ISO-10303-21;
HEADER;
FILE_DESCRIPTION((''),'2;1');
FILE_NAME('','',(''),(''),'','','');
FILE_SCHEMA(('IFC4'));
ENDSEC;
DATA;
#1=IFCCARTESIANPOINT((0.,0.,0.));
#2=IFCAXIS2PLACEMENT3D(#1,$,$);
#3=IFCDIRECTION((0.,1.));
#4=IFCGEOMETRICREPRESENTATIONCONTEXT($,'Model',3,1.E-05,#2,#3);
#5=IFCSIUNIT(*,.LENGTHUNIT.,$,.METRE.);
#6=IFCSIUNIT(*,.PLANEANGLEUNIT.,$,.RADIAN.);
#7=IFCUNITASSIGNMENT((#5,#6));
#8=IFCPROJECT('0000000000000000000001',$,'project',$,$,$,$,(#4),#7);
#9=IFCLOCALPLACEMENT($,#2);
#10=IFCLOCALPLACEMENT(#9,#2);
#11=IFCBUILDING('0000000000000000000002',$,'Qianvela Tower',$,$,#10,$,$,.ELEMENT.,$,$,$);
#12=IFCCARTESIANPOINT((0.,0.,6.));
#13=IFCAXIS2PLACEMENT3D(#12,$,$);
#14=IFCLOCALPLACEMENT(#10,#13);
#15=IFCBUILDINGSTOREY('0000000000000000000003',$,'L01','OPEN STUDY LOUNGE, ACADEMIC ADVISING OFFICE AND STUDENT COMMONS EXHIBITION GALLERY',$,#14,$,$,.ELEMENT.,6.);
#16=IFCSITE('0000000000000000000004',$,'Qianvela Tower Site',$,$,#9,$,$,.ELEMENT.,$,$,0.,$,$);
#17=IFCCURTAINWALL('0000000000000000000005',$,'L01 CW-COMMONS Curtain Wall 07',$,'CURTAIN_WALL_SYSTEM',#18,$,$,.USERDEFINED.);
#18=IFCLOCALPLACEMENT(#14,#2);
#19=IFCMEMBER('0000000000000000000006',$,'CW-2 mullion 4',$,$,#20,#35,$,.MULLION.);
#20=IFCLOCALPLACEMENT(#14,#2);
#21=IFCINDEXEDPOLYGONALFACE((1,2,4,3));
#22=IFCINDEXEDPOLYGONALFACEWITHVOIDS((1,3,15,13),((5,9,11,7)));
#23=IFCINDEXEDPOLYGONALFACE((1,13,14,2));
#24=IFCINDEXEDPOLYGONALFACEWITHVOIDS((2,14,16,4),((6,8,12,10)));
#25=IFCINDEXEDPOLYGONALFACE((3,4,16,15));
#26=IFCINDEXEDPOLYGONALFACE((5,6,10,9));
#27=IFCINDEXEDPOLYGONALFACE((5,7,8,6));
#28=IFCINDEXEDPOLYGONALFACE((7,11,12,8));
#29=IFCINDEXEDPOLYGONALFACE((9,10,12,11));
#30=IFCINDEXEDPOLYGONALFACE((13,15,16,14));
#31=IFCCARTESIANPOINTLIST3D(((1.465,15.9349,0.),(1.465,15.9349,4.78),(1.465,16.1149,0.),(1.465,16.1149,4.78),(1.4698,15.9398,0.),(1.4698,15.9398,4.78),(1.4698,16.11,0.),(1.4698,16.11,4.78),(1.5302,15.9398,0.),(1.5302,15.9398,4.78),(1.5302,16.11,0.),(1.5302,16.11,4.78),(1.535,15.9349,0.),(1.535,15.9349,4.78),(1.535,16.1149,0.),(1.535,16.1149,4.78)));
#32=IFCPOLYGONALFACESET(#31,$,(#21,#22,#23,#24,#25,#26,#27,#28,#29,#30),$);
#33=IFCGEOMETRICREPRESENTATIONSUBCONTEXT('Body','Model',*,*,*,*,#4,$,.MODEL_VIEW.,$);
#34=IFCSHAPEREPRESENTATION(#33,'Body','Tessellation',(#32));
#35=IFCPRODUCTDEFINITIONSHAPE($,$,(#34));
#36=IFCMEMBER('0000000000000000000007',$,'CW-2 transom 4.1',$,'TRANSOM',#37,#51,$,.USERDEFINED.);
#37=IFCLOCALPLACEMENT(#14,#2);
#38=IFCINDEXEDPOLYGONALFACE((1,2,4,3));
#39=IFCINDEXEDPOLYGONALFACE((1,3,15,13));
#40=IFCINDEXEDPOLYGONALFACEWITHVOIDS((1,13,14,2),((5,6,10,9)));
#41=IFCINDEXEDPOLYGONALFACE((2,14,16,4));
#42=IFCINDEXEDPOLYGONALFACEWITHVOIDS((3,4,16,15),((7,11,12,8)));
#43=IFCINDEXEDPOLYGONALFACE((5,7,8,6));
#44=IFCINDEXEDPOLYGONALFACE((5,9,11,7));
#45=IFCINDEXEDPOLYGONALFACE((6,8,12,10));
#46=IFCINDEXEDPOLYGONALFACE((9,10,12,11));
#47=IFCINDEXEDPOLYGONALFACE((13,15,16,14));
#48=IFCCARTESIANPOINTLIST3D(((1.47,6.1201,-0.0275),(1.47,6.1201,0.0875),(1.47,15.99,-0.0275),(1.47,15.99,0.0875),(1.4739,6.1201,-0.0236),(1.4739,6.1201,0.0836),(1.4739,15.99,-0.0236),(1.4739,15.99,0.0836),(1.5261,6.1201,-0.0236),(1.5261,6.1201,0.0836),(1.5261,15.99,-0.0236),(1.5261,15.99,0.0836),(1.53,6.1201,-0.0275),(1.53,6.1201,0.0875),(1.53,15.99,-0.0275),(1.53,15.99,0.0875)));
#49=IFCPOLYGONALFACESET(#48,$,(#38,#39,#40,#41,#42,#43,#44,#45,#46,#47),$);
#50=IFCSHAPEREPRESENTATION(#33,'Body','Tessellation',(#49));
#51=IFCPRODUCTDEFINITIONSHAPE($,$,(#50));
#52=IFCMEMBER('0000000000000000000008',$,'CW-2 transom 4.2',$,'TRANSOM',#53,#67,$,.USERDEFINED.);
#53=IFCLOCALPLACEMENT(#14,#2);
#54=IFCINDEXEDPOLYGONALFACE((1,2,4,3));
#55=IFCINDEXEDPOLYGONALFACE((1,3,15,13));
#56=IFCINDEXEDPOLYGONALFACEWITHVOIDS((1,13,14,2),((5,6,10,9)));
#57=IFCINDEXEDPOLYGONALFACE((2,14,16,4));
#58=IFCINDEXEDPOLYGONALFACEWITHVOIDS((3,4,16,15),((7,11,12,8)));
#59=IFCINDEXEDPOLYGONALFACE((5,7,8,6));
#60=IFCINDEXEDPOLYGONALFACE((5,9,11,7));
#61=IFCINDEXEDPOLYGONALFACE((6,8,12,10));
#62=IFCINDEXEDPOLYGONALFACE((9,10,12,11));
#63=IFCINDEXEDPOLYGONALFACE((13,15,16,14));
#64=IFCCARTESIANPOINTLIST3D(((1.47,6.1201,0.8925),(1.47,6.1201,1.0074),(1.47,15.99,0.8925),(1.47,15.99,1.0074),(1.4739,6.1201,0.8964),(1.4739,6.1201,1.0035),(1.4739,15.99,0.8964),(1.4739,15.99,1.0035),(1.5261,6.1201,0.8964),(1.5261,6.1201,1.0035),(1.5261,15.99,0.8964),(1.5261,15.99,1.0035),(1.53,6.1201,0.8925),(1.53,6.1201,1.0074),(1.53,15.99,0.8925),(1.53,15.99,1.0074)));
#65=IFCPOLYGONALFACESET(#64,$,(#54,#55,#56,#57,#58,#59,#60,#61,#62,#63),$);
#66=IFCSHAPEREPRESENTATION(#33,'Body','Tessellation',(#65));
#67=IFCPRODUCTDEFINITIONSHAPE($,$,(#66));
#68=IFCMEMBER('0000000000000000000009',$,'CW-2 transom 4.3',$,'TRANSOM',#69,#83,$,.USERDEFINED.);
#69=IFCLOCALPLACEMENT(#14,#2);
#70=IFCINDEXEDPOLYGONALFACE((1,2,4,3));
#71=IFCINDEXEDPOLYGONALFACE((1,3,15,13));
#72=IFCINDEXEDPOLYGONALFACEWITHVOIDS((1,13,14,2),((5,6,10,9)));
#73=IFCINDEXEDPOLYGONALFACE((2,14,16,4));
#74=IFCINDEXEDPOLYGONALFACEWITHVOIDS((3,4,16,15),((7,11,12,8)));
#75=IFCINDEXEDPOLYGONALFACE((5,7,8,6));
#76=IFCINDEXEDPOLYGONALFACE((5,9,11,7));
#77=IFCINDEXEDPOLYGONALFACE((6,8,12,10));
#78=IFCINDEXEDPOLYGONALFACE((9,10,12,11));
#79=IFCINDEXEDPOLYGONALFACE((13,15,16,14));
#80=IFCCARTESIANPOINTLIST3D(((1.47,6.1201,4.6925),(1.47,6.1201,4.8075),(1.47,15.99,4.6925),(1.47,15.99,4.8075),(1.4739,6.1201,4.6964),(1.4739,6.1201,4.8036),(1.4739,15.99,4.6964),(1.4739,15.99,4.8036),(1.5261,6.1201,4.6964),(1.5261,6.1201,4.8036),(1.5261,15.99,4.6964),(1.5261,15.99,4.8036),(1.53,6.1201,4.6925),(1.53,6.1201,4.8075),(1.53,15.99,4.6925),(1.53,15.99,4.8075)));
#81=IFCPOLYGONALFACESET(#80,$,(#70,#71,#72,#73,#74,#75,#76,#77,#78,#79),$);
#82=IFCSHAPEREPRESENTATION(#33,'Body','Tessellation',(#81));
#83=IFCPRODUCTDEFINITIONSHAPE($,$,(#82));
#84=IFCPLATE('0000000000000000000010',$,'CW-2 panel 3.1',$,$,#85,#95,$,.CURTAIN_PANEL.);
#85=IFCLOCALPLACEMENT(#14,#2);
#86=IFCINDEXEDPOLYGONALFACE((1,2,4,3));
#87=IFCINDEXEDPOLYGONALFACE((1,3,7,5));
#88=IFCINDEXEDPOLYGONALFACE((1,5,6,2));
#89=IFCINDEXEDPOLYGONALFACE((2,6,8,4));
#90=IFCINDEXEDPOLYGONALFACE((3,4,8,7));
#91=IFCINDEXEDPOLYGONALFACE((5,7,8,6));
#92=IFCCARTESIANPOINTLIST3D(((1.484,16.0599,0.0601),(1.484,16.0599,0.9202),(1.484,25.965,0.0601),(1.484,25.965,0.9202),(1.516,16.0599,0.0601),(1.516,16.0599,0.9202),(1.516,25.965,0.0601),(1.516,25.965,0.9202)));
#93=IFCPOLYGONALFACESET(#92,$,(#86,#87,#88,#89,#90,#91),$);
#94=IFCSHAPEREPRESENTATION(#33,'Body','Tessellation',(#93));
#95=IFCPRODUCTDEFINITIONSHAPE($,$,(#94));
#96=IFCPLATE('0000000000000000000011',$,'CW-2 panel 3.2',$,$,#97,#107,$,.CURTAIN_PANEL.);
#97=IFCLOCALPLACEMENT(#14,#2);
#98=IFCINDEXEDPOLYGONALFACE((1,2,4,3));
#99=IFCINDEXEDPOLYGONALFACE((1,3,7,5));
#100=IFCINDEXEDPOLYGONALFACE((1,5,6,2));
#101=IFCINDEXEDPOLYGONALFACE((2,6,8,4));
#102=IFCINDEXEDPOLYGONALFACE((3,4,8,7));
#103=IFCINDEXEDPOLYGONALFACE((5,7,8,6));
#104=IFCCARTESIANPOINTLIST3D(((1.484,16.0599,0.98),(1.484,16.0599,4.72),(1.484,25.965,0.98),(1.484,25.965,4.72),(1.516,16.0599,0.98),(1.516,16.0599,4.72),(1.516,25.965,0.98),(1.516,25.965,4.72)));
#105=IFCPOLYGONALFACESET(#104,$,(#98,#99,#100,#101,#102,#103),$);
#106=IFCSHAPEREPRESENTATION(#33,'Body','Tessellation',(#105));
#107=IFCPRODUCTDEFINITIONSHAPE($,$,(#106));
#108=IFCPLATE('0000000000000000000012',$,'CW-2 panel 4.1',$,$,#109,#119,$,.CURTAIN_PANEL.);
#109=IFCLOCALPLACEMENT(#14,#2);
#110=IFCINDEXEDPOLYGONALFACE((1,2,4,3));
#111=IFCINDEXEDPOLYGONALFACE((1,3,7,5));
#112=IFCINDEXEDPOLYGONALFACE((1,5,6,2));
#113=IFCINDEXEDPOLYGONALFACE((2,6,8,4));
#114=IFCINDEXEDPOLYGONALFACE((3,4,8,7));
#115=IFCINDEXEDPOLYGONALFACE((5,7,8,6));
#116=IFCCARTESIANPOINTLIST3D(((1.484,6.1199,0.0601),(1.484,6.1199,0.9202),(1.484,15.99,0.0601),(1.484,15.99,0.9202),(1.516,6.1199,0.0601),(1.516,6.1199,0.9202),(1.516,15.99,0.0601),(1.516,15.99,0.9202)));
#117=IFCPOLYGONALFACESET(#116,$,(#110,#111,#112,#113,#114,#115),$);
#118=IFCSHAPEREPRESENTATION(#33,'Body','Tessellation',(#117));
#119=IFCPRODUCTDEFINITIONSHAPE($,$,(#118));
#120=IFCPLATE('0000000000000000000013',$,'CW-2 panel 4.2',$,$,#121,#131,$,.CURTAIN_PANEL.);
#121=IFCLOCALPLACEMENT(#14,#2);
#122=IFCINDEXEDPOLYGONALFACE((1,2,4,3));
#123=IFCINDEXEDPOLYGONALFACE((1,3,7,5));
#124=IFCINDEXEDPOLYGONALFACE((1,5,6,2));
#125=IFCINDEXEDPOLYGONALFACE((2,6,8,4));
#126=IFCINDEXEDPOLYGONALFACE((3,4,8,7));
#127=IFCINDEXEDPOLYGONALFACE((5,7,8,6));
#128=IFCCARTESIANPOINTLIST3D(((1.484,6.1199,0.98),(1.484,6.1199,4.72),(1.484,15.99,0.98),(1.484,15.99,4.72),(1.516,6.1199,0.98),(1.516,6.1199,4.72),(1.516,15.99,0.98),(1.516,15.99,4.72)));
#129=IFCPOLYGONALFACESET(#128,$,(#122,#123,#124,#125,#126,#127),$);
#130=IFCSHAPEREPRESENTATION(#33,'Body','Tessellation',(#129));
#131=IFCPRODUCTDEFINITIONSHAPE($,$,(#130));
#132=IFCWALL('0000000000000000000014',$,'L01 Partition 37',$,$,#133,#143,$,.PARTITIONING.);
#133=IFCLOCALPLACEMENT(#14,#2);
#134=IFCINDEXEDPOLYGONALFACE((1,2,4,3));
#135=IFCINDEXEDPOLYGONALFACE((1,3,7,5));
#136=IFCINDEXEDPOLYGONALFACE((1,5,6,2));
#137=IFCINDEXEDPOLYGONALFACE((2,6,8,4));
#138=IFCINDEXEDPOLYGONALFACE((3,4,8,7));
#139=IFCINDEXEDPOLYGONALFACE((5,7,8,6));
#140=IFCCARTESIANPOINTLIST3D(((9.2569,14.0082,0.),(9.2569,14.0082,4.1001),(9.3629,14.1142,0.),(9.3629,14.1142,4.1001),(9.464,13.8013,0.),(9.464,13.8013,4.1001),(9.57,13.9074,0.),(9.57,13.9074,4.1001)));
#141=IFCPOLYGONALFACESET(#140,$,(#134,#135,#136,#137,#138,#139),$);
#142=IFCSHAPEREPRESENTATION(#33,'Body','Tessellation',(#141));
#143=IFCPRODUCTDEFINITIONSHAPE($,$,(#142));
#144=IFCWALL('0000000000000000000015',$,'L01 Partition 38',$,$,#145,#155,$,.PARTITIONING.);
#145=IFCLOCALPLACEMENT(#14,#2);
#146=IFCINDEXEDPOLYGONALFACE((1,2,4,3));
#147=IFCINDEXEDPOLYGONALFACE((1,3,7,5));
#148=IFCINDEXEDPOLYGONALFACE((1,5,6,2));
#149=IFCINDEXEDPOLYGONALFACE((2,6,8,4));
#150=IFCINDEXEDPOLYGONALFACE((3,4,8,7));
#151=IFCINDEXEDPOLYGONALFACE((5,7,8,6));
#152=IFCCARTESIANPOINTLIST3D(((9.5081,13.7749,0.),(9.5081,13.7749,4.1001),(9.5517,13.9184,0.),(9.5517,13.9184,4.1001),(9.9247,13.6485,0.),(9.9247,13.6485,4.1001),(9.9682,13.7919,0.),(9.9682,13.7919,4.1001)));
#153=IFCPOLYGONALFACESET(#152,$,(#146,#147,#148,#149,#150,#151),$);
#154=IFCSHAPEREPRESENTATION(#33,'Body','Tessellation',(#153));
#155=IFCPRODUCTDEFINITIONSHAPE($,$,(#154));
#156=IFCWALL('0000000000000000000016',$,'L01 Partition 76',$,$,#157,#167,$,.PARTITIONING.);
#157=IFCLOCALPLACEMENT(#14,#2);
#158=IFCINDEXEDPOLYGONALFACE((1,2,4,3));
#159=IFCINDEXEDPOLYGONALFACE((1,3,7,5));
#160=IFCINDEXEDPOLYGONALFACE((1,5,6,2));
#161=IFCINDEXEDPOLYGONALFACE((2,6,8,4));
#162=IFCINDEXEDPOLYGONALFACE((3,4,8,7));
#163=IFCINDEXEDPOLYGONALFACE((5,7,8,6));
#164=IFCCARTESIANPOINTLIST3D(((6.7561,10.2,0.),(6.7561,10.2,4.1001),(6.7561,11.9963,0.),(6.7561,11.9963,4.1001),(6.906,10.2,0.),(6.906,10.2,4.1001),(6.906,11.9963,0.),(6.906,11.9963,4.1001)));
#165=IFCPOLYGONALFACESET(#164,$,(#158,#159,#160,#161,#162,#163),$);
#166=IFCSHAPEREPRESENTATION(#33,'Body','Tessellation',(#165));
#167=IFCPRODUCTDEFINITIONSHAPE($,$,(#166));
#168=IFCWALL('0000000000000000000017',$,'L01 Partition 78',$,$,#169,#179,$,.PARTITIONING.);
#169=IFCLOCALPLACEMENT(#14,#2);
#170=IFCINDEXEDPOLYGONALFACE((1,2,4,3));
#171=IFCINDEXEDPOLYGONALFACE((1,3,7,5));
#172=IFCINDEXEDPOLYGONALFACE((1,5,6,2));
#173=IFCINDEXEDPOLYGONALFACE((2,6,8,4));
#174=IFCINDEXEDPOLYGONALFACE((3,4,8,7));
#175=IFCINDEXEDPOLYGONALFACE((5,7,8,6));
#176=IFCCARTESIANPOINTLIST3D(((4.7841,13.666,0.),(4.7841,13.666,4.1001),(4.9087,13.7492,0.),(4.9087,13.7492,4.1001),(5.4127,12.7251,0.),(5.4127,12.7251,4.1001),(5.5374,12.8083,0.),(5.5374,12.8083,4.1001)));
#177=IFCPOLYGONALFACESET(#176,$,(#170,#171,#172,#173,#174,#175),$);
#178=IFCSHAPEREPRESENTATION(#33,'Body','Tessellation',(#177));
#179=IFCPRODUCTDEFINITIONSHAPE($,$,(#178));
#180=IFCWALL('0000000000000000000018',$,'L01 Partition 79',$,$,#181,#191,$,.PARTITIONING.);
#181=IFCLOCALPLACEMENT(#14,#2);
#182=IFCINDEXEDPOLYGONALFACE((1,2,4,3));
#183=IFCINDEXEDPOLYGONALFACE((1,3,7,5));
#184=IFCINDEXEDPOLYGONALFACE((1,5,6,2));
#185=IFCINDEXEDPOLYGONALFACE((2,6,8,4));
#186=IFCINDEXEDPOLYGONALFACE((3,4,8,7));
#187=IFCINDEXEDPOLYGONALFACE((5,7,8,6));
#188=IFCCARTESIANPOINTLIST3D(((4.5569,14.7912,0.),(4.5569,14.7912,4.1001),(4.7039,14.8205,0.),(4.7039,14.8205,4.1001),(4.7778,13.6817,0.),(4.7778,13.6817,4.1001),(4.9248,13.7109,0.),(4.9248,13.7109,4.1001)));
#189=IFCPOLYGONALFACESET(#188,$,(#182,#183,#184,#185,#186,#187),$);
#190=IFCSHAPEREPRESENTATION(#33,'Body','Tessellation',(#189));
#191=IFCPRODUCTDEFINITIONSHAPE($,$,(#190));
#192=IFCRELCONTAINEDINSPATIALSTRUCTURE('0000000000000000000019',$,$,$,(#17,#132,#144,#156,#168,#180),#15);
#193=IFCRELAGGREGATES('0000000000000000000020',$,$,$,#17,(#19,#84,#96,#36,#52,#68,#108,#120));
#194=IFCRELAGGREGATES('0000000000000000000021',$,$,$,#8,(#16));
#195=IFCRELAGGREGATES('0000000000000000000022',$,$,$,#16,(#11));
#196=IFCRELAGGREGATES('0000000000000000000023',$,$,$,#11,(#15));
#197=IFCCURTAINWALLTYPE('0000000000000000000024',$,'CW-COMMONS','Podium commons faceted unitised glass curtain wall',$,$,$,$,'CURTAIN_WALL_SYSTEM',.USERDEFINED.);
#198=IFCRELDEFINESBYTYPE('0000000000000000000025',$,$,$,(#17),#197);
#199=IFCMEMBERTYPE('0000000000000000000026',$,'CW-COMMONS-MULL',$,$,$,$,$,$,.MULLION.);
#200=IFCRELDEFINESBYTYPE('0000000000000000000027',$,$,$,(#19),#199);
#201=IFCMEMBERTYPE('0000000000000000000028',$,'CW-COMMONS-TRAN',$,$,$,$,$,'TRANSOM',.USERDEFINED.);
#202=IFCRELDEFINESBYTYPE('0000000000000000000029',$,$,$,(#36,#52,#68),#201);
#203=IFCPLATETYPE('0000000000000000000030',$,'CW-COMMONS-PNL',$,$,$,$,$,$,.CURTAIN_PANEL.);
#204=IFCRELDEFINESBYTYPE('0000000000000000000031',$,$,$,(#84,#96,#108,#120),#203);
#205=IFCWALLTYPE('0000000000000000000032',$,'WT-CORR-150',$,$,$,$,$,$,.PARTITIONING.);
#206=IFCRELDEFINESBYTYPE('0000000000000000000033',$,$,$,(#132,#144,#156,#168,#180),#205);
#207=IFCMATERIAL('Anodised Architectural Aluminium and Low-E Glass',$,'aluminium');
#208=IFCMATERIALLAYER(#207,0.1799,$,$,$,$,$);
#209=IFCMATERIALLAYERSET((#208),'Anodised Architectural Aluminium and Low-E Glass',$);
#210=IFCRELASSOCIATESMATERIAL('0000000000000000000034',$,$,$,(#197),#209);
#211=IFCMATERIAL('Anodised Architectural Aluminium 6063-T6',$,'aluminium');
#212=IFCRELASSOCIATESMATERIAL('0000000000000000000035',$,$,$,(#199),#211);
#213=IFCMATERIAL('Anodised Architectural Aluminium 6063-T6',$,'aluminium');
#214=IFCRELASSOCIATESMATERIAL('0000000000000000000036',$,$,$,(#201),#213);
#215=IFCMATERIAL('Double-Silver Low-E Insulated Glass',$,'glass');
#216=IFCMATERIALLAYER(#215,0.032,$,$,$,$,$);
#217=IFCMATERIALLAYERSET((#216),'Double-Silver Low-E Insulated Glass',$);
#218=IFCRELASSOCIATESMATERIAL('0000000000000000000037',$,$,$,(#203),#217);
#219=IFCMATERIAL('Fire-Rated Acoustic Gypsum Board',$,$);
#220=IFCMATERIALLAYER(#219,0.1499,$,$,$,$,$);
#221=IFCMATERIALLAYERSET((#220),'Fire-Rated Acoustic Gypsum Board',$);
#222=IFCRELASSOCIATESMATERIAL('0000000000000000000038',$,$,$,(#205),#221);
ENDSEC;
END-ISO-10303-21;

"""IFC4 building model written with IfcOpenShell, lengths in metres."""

from ifc_helpers import new_model, si_unit, direction, frame, frame_2d, origin, origin_2d, place, context, subcontext, project, spatial, rectangle, hollow_rectangle, extrude, material, layer, layer_set, material_profile, profile_set, type_object, element, aggregate, save


model = new_model("IFC4")

# Units and contexts
model_context = context("Model", 3, precision=1e-05, world=origin(), true_north=direction((0.0, 1.0)))
body_context = subcontext(model_context, "Body", "Model", "MODEL_VIEW")
ifc_project = project(units=[si_unit("LENGTHUNIT", "METRE"), si_unit("PLANEANGLEUNIT", "RADIAN")], contexts=[model_context])

# Site, building, storey
site_placement = place(None, origin())
site = spatial("IfcSite", under=ifc_project, at=site_placement, Name="Qianvela Tower Site", CompositionType="ELEMENT", RefElevation=0.0)
building_placement = place(site_placement, origin())
building = spatial("IfcBuilding", under=site, at=building_placement, Name="Qianvela Tower", CompositionType="ELEMENT")
storey_placement = place(building_placement, frame((0.0, 0.0, 6.0)))
storey = spatial("IfcBuildingStorey", under=building, at=storey_placement, Name="L01", Description="OPEN STUDY LOUNGE, ACADEMIC ADVISING OFFICE AND STUDENT COMMONS EXHIBITION GALLERY", CompositionType="ELEMENT", Elevation=6.0)

# Curtain wall, members, plates
ifc_material_1 = material(Name="Anodised Architectural Aluminium and Low-E Glass", Category="aluminium")
ifc_layer_1 = layer(ifc_material_1, 0.1799)
ifc_layer_set_1 = layer_set([ifc_layer_1], Name="Anodised Architectural Aluminium and Low-E Glass")
curtain_wall_type = type_object("IfcCurtainWallType", Name="CW-COMMONS", Description="Podium commons faceted unitised glass curtain wall", ElementType="CURTAIN_WALL_SYSTEM", PredefinedType="USERDEFINED", material=ifc_layer_set_1)
curtain_wall_placement = place(storey_placement, origin())
curtain_wall = element("IfcCurtainWall", 1, at=curtain_wall_placement, inside=storey, type_object=curtain_wall_type, Name="L01 CW-COMMONS Curtain Wall 07", ObjectType="CURTAIN_WALL_SYSTEM", PredefinedType="USERDEFINED")
ifc_material_2 = material(Name="Anodised Architectural Aluminium 6063-T6", Category="aluminium")
ifc_material_profile_1 = material_profile(ifc_material_2, hollow_rectangle(XDim=0.0701, YDim=0.1799, WallThickness=0.0049, at=origin_2d()), Name="ALU-MULL-70x180")
ifc_profile_set_1 = profile_set([ifc_material_profile_1], Name="Anodised Architectural Aluminium 6063-T6")
member_type_1 = type_object("IfcMemberType", Name="CW-COMMONS-MULL", PredefinedType="MULLION", material=ifc_profile_set_1)
member_1_placement = place(storey_placement, frame((1.5, 16.0249, 0.0), z_axis=(0.0, 0.0, 1.0), x_axis=(1.0, 0.0, 0.0)))
member_1 = element("IfcMember", 2, at=member_1_placement, type_object=member_type_1, Name="CW-2 mullion 4", PredefinedType="MULLION", context=body_context, shape_type="SweptSolid", body=[
    extrude(hollow_rectangle(XDim=0.0701, YDim=0.1799, WallThickness=0.0049, at=origin_2d()), origin(), (0.0, 0.0, 1.0), 4.78),
])
ifc_material_3 = material(Name="Anodised Architectural Aluminium 6063-T6", Category="aluminium")
ifc_material_profile_2 = material_profile(ifc_material_3, hollow_rectangle(XDim=0.0601, YDim=0.115, WallThickness=0.0039, at=origin_2d()), Name="ALU-TRAN-60x115")
ifc_profile_set_2 = profile_set([ifc_material_profile_2], Name="Anodised Architectural Aluminium 6063-T6")
member_type_2 = type_object("IfcMemberType", Name="CW-COMMONS-TRAN", ElementType="TRANSOM", PredefinedType="USERDEFINED", material=ifc_profile_set_2)
member_2_placement = place(storey_placement, frame((1.5, 15.99, 0.03), z_axis=(0.0, -1.0, 0.0), x_axis=(1.0, 0.0, 0.0)))
member_2 = element("IfcMember", 3, at=member_2_placement, type_object=member_type_2, Name="CW-2 transom 4.1", ObjectType="TRANSOM", PredefinedType="USERDEFINED", context=body_context, shape_type="SweptSolid", body=[
    extrude(hollow_rectangle(XDim=0.0601, YDim=0.115, WallThickness=0.0039, at=origin_2d()), origin(), (0.0, 0.0, 1.0), 9.8699),
])
member_3_placement = place(storey_placement, frame((1.5, 15.99, 0.95), z_axis=(0.0, -1.0, 0.0), x_axis=(1.0, 0.0, 0.0)))
member_3 = element("IfcMember", 4, at=member_3_placement, type_object=member_type_2, Name="CW-2 transom 4.2", ObjectType="TRANSOM", PredefinedType="USERDEFINED", context=body_context, shape_type="SweptSolid", body=[
    extrude(hollow_rectangle(XDim=0.0601, YDim=0.115, WallThickness=0.0039, at=origin_2d()), origin(), (0.0, 0.0, 1.0), 9.8699),
])
member_4_placement = place(storey_placement, frame((1.5, 15.99, 4.75), z_axis=(0.0, -1.0, 0.0), x_axis=(1.0, 0.0, 0.0)))
member_4 = element("IfcMember", 5, at=member_4_placement, type_object=member_type_2, Name="CW-2 transom 4.3", ObjectType="TRANSOM", PredefinedType="USERDEFINED", context=body_context, shape_type="SweptSolid", body=[
    extrude(hollow_rectangle(XDim=0.0601, YDim=0.115, WallThickness=0.0039, at=origin_2d()), origin(), (0.0, 0.0, 1.0), 9.8699),
])
ifc_material_4 = material(Name="Double-Silver Low-E Insulated Glass", Category="glass")
ifc_layer_2 = layer(ifc_material_4, 0.032)
ifc_layer_set_2 = layer_set([ifc_layer_2], Name="Double-Silver Low-E Insulated Glass")
plate_type = type_object("IfcPlateType", Name="CW-COMMONS-PNL", PredefinedType="CURTAIN_PANEL", material=ifc_layer_set_2)
plate_1_placement = place(storey_placement, frame((1.5, 21.0125, 0.0601), z_axis=(0.0, 0.0, 1.0), x_axis=(0.0, -1.0, 0.0)))
plate_1 = element("IfcPlate", 6, at=plate_1_placement, type_object=plate_type, Name="CW-2 panel 3.1", PredefinedType="CURTAIN_PANEL", context=body_context, shape_type="SweptSolid", body=[
    extrude(rectangle(XDim=9.905, YDim=0.032, at=origin_2d()), origin(), (0.0, 0.0, 1.0), 0.8601),
])
plate_2_placement = place(storey_placement, frame((1.5, 21.0125, 0.98), z_axis=(0.0, 0.0, 1.0), x_axis=(0.0, -1.0, 0.0)))
plate_2 = element("IfcPlate", 7, at=plate_2_placement, type_object=plate_type, Name="CW-2 panel 3.2", PredefinedType="CURTAIN_PANEL", context=body_context, shape_type="SweptSolid", body=[
    extrude(rectangle(XDim=9.905, YDim=0.032, at=origin_2d()), origin(), (0.0, 0.0, 1.0), 3.74),
])
plate_3_placement = place(storey_placement, frame((1.5, 11.0549, 0.0601), z_axis=(0.0, 0.0, 1.0), x_axis=(0.0, -1.0, 0.0)))
plate_3 = element("IfcPlate", 8, at=plate_3_placement, type_object=plate_type, Name="CW-2 panel 4.1", PredefinedType="CURTAIN_PANEL", context=body_context, shape_type="SweptSolid", body=[
    extrude(rectangle(XDim=9.8701, YDim=0.032, at=origin_2d()), origin(), (0.0, 0.0, 1.0), 0.8601),
])
plate_4_placement = place(storey_placement, frame((1.5, 11.0549, 0.98), z_axis=(0.0, 0.0, 1.0), x_axis=(0.0, -1.0, 0.0)))
plate_4 = element("IfcPlate", 9, at=plate_4_placement, type_object=plate_type, Name="CW-2 panel 4.2", PredefinedType="CURTAIN_PANEL", context=body_context, shape_type="SweptSolid", body=[
    extrude(rectangle(XDim=9.8701, YDim=0.032, at=origin_2d()), origin(), (0.0, 0.0, 1.0), 3.74),
])
aggregate(curtain_wall, [member_1, plate_1, plate_2, member_2, member_3, member_4, plate_3, plate_4])

# Walls
ifc_material_5 = material(Name="Fire-Rated Acoustic Gypsum Board")
ifc_layer_3 = layer(ifc_material_5, 0.1499)
ifc_layer_set_3 = layer_set([ifc_layer_3], Name="Fire-Rated Acoustic Gypsum Board")
wall_type_1 = type_object("IfcWallType", Name="WT-CORR-150", PredefinedType="PARTITIONING", material=ifc_layer_set_3)
wall_1_placement = place(storey_placement, frame((9.3098, 14.0613, 0.0), z_axis=(0.0, 0.0, 1.0), x_axis=(0.707524, -0.706689, 0.0)))
element("IfcWall", 10, at=wall_1_placement, inside=storey, type_object=wall_type_1, Name="L01 Partition 37", PredefinedType="PARTITIONING", context=body_context, shape_type="SweptSolid", body=[
    extrude(rectangle(XDim=0.2927, YDim=0.1499, at=frame_2d((0.1465, 0.0))), origin(), (0.0, 0.0, 1.0), 4.1001),
])
wall_2_placement = place(storey_placement, frame((9.5298, 13.8467, 0.0), z_axis=(0.0, 0.0, 1.0), x_axis=(0.956864, -0.290537, 0.0)))
element("IfcWall", 11, at=wall_2_placement, inside=storey, type_object=wall_type_1, Name="L01 Partition 38", PredefinedType="PARTITIONING", context=body_context, shape_type="SweptSolid", body=[
    extrude(rectangle(XDim=0.4353, YDim=0.1499, at=frame_2d((0.2178, 0.0))), origin(), (0.0, 0.0, 1.0), 4.1001),
])
wall_3_placement = place(storey_placement, frame((6.8311, 10.2, 0.0), z_axis=(0.0, 0.0, 1.0), x_axis=(0.0, 1.0, 0.0)))
element("IfcWall", 12, at=wall_3_placement, inside=storey, type_object=wall_type_1, Name="L01 Partition 76", PredefinedType="PARTITIONING", context=body_context, shape_type="SweptSolid", body=[
    extrude(rectangle(XDim=1.7964, YDim=0.1499, at=frame_2d((0.8982, 0.0))), origin(), (0.0, 0.0, 1.0), 4.1001),
])
wall_4_placement = place(storey_placement, frame((5.4751, 12.7666, 0.0), z_axis=(0.0, 0.0, 1.0), x_axis=(-0.555546, 0.831486, 0.0)))
element("IfcWall", 13, at=wall_4_placement, inside=storey, type_object=wall_type_1, Name="L01 Partition 78", PredefinedType="PARTITIONING", context=body_context, shape_type="SweptSolid", body=[
    extrude(rectangle(XDim=1.1316, YDim=0.1499, at=frame_2d((0.5659, 0.0))), origin(), (0.0, 0.0, 1.0), 4.1001),
])
wall_5_placement = place(storey_placement, frame((4.8513, 13.6963, 0.0), z_axis=(0.0, 0.0, 1.0), x_axis=(-0.195286, 0.980746, 0.0)))
element("IfcWall", 14, at=wall_5_placement, inside=storey, type_object=wall_type_1, Name="L01 Partition 79", PredefinedType="PARTITIONING", context=body_context, shape_type="SweptSolid", body=[
    extrude(rectangle(XDim=1.1313, YDim=0.1499, at=frame_2d((0.5657, 0.0))), origin(), (0.0, 0.0, 1.0), 4.1001),
])

save(model, "model.ifc")
